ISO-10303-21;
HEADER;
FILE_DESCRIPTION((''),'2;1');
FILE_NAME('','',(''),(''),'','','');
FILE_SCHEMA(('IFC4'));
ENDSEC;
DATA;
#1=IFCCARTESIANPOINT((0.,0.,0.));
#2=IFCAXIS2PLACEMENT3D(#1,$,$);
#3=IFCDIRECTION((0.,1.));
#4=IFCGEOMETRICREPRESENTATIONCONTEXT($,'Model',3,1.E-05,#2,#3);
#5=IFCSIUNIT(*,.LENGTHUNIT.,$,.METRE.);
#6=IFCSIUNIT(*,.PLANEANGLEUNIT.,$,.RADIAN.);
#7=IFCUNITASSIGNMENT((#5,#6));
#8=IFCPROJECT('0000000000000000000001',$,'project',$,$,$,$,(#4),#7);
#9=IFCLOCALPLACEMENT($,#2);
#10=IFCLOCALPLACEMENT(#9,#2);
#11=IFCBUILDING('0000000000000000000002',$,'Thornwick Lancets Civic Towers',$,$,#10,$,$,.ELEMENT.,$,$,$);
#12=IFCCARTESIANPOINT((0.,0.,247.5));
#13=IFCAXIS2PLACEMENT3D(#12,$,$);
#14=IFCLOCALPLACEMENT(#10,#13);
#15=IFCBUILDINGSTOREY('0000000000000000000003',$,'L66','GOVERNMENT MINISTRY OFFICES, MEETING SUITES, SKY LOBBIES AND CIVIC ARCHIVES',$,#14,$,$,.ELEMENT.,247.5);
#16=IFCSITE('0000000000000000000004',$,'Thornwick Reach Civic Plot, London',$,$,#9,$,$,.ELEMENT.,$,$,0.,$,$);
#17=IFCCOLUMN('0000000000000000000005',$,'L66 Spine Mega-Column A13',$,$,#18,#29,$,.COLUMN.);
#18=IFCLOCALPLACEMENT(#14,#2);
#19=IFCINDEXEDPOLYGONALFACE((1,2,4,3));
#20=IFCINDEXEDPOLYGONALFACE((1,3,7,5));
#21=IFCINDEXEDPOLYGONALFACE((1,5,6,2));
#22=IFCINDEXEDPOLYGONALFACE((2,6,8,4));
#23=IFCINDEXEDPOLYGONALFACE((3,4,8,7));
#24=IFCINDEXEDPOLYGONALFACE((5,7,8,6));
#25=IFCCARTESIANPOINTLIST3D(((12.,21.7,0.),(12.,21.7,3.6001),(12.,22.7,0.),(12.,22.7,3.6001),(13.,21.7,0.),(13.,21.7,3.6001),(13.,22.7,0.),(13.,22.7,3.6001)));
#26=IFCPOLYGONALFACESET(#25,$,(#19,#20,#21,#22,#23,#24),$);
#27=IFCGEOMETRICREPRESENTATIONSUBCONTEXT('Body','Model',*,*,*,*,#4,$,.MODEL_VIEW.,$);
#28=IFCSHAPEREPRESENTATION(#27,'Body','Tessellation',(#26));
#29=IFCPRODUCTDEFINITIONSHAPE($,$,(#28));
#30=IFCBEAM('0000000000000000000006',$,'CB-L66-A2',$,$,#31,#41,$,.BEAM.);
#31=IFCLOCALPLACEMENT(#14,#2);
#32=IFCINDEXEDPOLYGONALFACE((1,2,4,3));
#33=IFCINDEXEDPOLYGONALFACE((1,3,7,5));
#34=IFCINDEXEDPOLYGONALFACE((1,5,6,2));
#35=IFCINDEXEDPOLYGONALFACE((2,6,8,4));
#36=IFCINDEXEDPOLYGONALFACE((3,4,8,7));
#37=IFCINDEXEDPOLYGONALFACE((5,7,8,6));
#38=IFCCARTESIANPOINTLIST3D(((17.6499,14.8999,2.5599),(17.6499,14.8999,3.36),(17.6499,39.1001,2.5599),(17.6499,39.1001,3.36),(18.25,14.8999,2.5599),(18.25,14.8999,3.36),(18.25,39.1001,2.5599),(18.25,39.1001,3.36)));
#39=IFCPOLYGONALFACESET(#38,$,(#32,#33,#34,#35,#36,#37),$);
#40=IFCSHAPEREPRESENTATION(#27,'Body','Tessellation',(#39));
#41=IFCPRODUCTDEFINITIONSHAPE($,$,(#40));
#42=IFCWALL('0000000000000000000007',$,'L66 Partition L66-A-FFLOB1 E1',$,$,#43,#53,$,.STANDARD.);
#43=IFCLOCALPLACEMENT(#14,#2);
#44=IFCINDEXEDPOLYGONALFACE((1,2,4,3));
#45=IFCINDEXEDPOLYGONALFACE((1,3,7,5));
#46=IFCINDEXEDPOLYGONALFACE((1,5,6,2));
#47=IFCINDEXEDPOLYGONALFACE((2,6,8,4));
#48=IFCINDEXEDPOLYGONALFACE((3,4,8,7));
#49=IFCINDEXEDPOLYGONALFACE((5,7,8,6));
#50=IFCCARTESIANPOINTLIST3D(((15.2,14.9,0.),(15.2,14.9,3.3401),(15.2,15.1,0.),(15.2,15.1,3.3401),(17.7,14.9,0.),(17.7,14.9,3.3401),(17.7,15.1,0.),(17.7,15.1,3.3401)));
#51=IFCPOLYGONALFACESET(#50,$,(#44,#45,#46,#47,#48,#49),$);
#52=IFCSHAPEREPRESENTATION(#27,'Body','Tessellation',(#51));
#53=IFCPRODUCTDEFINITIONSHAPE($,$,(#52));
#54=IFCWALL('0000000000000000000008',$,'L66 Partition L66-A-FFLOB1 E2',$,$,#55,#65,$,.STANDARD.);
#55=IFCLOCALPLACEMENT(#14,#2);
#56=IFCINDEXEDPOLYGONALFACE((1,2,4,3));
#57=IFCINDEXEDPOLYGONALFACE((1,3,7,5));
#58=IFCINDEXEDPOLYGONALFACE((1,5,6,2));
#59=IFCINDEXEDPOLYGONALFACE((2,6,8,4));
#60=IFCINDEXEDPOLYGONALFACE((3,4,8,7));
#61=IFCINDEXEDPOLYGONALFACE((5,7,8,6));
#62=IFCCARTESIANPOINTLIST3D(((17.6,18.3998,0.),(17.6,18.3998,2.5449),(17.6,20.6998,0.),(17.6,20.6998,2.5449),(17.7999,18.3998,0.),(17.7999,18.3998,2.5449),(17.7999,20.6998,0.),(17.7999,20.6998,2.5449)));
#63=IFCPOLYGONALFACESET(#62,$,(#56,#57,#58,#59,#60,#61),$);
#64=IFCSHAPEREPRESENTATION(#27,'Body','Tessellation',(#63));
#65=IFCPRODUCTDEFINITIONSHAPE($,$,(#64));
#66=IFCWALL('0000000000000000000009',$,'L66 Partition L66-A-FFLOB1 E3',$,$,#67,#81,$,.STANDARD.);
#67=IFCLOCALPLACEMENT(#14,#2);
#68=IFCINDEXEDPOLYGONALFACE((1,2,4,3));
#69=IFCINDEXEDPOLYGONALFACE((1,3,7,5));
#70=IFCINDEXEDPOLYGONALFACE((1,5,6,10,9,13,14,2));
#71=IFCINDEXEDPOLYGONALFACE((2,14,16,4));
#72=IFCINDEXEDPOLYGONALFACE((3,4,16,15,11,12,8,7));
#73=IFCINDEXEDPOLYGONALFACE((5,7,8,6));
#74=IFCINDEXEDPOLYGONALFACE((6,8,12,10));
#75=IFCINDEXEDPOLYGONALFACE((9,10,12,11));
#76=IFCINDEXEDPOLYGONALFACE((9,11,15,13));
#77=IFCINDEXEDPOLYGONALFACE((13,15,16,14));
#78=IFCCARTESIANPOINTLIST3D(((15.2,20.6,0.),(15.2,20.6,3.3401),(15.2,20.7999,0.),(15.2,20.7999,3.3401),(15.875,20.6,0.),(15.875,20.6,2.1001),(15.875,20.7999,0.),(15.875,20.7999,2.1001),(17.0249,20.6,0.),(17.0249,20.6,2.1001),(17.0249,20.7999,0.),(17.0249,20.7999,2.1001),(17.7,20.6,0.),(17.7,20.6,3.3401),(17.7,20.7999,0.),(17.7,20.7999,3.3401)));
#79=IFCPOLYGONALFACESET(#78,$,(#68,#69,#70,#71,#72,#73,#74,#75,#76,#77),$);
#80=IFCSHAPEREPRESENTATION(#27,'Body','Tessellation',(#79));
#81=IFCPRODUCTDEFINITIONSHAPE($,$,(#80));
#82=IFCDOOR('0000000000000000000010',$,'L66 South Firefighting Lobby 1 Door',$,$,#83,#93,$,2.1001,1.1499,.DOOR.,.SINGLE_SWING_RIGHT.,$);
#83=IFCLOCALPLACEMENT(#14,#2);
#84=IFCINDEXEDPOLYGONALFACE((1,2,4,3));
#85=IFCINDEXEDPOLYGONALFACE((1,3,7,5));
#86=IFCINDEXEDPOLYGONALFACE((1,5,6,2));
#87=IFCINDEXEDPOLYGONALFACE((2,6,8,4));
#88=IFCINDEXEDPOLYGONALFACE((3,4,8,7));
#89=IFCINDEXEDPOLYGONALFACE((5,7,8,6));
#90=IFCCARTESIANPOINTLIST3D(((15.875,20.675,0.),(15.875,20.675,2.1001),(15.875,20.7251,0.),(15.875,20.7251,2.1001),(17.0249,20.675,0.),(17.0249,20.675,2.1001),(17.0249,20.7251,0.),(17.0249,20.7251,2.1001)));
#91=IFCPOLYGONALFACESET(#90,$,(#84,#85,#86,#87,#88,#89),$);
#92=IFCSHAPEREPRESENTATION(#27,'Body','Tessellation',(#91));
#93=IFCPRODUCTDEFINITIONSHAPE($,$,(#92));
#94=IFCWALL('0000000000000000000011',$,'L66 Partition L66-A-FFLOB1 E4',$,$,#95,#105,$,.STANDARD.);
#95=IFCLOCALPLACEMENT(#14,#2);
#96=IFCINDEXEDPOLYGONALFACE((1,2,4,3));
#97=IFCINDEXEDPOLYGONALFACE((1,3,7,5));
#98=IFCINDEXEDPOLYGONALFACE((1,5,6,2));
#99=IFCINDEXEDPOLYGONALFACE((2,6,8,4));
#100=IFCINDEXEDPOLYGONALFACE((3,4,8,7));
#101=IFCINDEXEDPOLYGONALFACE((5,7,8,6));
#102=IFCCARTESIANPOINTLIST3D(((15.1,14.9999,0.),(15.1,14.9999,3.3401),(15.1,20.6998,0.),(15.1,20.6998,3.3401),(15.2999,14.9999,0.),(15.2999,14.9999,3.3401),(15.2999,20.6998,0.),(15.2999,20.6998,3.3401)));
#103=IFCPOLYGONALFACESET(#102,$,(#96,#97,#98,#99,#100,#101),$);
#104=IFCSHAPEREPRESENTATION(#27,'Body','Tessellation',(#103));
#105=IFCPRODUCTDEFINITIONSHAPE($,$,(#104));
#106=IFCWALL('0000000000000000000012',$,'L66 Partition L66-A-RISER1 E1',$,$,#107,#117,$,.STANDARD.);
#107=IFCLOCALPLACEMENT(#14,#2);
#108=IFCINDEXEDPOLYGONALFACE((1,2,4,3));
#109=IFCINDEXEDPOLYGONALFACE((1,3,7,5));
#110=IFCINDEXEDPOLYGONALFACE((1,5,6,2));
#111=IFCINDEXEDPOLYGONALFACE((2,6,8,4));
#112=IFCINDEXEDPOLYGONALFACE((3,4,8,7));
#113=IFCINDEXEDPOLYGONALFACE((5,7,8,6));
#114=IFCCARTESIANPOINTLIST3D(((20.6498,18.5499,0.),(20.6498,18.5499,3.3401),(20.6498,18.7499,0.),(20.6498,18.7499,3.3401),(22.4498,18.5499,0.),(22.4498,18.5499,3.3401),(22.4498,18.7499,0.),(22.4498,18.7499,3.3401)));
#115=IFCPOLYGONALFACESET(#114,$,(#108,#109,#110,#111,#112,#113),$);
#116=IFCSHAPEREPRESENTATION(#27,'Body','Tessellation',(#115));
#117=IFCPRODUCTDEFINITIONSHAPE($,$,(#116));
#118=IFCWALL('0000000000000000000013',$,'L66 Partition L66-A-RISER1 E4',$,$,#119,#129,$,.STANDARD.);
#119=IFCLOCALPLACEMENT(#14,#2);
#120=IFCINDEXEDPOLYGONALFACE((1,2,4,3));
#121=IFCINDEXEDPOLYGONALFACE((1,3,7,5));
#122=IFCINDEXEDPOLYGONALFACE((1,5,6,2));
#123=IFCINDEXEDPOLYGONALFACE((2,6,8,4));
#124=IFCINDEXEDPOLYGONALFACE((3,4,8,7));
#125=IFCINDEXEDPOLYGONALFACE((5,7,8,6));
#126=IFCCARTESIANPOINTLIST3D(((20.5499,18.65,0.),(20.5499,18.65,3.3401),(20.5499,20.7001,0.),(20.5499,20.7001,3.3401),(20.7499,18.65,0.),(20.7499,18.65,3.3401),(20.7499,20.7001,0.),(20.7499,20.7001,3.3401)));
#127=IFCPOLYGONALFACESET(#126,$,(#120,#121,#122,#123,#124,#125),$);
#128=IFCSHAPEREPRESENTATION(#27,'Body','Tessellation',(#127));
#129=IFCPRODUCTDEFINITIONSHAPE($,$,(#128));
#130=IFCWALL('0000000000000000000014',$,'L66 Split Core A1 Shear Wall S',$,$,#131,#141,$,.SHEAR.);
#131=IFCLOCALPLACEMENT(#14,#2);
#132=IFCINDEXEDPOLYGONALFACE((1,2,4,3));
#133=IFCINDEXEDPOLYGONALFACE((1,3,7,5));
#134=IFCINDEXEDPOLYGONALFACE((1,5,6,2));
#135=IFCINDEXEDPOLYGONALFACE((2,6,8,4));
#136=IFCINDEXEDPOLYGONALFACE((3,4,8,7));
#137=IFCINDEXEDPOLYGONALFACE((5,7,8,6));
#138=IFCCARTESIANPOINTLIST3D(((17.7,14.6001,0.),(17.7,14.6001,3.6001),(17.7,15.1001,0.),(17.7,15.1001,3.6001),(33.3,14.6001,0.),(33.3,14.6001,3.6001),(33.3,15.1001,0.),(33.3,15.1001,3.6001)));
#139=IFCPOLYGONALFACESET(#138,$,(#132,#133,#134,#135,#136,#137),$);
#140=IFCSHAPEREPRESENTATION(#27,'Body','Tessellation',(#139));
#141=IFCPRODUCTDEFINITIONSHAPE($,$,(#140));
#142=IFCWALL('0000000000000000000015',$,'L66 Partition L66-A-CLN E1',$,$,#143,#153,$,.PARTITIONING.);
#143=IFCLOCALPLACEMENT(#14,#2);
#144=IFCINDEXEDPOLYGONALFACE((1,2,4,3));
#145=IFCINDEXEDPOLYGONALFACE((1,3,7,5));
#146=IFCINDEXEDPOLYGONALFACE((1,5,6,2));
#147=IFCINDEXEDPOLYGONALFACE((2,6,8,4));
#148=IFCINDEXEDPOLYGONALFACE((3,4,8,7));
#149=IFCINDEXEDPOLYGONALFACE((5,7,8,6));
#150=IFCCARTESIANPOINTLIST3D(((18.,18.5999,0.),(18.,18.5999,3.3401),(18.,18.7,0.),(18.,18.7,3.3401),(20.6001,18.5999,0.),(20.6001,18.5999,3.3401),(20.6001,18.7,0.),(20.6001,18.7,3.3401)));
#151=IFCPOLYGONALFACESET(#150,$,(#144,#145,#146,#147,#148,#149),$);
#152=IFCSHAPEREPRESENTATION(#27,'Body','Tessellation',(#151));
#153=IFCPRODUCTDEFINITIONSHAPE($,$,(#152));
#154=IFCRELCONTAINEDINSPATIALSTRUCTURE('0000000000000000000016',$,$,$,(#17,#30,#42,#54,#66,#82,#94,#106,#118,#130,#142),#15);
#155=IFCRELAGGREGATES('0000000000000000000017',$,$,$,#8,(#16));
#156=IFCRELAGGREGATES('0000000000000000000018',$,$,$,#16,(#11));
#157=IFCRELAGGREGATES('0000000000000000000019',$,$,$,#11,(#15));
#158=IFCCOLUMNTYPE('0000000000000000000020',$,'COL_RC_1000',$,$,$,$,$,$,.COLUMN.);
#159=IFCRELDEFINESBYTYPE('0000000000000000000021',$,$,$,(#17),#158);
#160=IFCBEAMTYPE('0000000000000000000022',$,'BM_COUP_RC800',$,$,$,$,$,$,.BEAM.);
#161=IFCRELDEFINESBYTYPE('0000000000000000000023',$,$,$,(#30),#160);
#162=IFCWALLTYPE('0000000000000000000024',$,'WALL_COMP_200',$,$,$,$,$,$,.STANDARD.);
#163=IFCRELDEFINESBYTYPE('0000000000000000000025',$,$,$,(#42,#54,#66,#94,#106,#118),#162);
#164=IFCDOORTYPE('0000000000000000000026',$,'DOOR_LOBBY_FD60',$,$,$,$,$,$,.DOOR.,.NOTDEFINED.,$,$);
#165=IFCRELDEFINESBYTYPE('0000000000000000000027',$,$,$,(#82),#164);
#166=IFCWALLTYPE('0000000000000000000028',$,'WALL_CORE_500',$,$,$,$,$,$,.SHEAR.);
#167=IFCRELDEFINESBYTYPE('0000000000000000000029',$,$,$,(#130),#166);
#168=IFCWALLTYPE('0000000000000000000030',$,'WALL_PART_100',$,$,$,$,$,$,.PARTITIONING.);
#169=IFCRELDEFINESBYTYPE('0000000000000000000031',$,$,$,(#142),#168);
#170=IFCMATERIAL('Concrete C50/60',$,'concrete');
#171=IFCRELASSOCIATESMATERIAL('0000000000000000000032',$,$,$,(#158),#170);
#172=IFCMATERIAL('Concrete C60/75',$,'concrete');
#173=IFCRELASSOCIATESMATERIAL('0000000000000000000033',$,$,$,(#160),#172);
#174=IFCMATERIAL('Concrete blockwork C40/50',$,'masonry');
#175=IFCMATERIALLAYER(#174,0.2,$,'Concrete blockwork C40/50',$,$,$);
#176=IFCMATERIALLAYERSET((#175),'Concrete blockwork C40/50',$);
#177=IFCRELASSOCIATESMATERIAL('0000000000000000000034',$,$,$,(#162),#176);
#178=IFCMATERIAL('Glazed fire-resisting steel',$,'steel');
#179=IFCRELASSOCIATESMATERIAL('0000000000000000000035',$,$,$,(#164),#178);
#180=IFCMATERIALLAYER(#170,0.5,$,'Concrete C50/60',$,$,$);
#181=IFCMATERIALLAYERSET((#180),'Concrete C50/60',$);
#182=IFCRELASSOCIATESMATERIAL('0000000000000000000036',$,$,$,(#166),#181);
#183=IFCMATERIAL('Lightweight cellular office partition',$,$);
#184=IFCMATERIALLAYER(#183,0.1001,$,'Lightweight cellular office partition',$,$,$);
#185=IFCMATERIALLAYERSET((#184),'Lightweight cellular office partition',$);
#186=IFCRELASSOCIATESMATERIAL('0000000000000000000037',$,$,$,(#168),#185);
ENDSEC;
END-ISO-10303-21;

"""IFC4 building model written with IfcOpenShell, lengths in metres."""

from ifc_helpers import new_model, si_unit, direction, frame, frame_2d, origin, origin_2d, place, context, subcontext, project, spatial, rectangle, extrude, material, layer, layer_set, material_profile, profile_set, type_object, element, fill, save


model = new_model("IFC4")

# Units and contexts
model_context = context("Model", 3, precision=1e-05, world=origin(), true_north=direction((0.0, 1.0)))
body_context = subcontext(model_context, "Body", "Model", "MODEL_VIEW")
ifc_project = project(units=[si_unit("LENGTHUNIT", "METRE"), si_unit("PLANEANGLEUNIT", "RADIAN")], contexts=[model_context])

# Site, building, storey
site_placement = place(None, origin())
site = spatial("IfcSite", under=ifc_project, at=site_placement, Name="Thornwick Reach Civic Plot, London", CompositionType="ELEMENT", RefElevation=0.0)
building_placement = place(site_placement, origin())
building = spatial("IfcBuilding", under=site, at=building_placement, Name="Thornwick Lancets Civic Towers", CompositionType="ELEMENT")
storey_placement = place(building_placement, frame((0.0, 0.0, 247.5)))
storey = spatial("IfcBuildingStorey", under=building, at=storey_placement, Name="L66", Description="GOVERNMENT MINISTRY OFFICES, MEETING SUITES, SKY LOBBIES AND CIVIC ARCHIVES", CompositionType="ELEMENT", Elevation=247.5)

# Column
ifc_material_1 = material(Name="Concrete C50/60", Category="concrete")
ifc_material_profile_1 = material_profile(ifc_material_1, rectangle(XDim=1.0, YDim=1.0, at=origin_2d()), Name="RC 1000x1000")
ifc_profile_set_1 = profile_set([ifc_material_profile_1], Name="Concrete C50/60")
column_type = type_object("IfcColumnType", Name="COL_RC_1000", PredefinedType="COLUMN", material=ifc_profile_set_1)
column_placement = place(storey_placement, frame((12.5, 22.2, 0.0), z_axis=(0.0, 0.0, 1.0), x_axis=(1.0, 0.0, 0.0)))
element("IfcColumn", 1, at=column_placement, inside=storey, type_object=column_type, Name="L66 Spine Mega-Column A13", PredefinedType="COLUMN", context=body_context, shape_type="SweptSolid", body=[
    extrude(rectangle(XDim=1.0, YDim=1.0, at=origin_2d()), origin(), (0.0, 0.0, 1.0), 3.6001),
])

# Beam
ifc_material_2 = material(Name="Concrete C60/75", Category="concrete")
ifc_material_profile_2 = material_profile(ifc_material_2, rectangle(XDim=0.6001, YDim=0.8, at=origin_2d()), Name="RC 600x800")
ifc_profile_set_2 = profile_set([ifc_material_profile_2], Name="Concrete C60/75")
beam_type = type_object("IfcBeamType", Name="BM_COUP_RC800", PredefinedType="BEAM", material=ifc_profile_set_2)
beam_placement = place(storey_placement, frame((17.95, 14.8999, 2.96), z_axis=(0.0, 1.0, 0.0), x_axis=(-1.0, 0.0, 0.0)))
element("IfcBeam", 2, at=beam_placement, inside=storey, type_object=beam_type, Name="CB-L66-A2", PredefinedType="BEAM", context=body_context, shape_type="SweptSolid", body=[
    extrude(rectangle(XDim=0.6001, YDim=0.8, at=origin_2d()), origin(), (0.0, 0.0, 1.0), 24.2002),
])

# Walls
ifc_material_3 = material(Name="Concrete blockwork C40/50", Category="masonry")
ifc_layer_1 = layer(ifc_material_3, 0.2, Name="Concrete blockwork C40/50")
ifc_layer_set_1 = layer_set([ifc_layer_1], Name="Concrete blockwork C40/50")
wall_type_1 = type_object("IfcWallType", Name="WALL_COMP_200", PredefinedType="STANDARD", material=ifc_layer_set_1)
wall_1_placement = place(storey_placement, frame((15.2, 15.0, 0.0), z_axis=(0.0, 0.0, 1.0), x_axis=(1.0, 0.0, 0.0)))
element("IfcWall", 3, at=wall_1_placement, inside=storey, type_object=wall_type_1, Name="L66 Partition L66-A-FFLOB1 E1", PredefinedType="STANDARD", context=body_context, shape_type="SweptSolid", body=[
    extrude(rectangle(XDim=2.5, YDim=0.2, at=frame_2d((1.25, 0.0))), origin(), (0.0, 0.0, 1.0), 3.3401),
])
wall_2_placement = place(storey_placement, frame((17.7, 18.3999, 0.0), z_axis=(0.0, 0.0, 1.0), x_axis=(0.0, 1.0, 0.0)))
element("IfcWall", 4, at=wall_2_placement, inside=storey, type_object=wall_type_1, Name="L66 Partition L66-A-FFLOB1 E2", PredefinedType="STANDARD", context=body_context, shape_type="SweptSolid", body=[
    extrude(rectangle(XDim=2.3, YDim=0.2, at=frame_2d((1.1499, 0.0))), origin(), (0.0, 0.0, 1.0), 2.5449),
])

# Wall, opening, door
wall_3_placement = place(storey_placement, frame((17.7, 20.7, 0.0), z_axis=(0.0, 0.0, 1.0), x_axis=(-1.0, 0.0, 0.0)))
wall_3 = element("IfcWall", 5, at=wall_3_placement, inside=storey, type_object=wall_type_1, Name="L66 Partition L66-A-FFLOB1 E3", PredefinedType="STANDARD", context=body_context, shape_type="SweptSolid", body=[
    extrude(rectangle(XDim=2.5, YDim=0.2, at=frame_2d((1.25, 0.0))), origin(), (0.0, 0.0, 1.0), 3.3401),
])
opening_1_placement = place(wall_3_placement, frame((0.675, 0.0, 0.0)))
opening_1 = element("IfcOpeningElement", 6, at=opening_1_placement, cuts=wall_3, PredefinedType="OPENING", context=body_context, shape_type="SweptSolid", body=[
    extrude(rectangle(XDim=1.1499, YDim=2.1001, at=frame_2d((0.575, 1.05))), frame((0.0, 0.1099, 0.0), z_axis=(0.0, -1.0, 0.0), x_axis=(1.0, 0.0, 0.0)), (0.0, 0.0, 1.0), 0.22),
])
ifc_material_4 = material(Name="Glazed fire-resisting steel", Category="steel")
door_type_1 = type_object("IfcDoorType", Name="DOOR_LOBBY_FD60", OperationType="NOTDEFINED", PredefinedType="DOOR", material=ifc_material_4)
door_1_placement = place(opening_1_placement, origin())
door_1 = element("IfcDoor", 7, at=door_1_placement, inside=storey, type_object=door_type_1, Name="L66 South Firefighting Lobby 1 Door", OperationType="SINGLE_SWING_RIGHT", OverallHeight=2.1001, OverallWidth=1.1499, PredefinedType="DOOR", context=body_context, shape_type="SweptSolid", body=[
    extrude(rectangle(XDim=1.1499, YDim=2.1001, at=frame_2d((0.575, 1.05))), frame((0.0, 0.0249, 0.0), z_axis=(0.0, -1.0, 0.0), x_axis=(1.0, 0.0, 0.0)), (0.0, 0.0, 1.0), 0.05),
])
fill(opening_1, door_1)

# Walls
wall_4_placement = place(storey_placement, frame((15.2, 20.7, 0.0), z_axis=(0.0, 0.0, 1.0), x_axis=(0.0, -1.0, 0.0)))
element("IfcWall", 8, at=wall_4_placement, inside=storey, type_object=wall_type_1, Name="L66 Partition L66-A-FFLOB1 E4", PredefinedType="STANDARD", context=body_context, shape_type="SweptSolid", body=[
    extrude(rectangle(XDim=5.7, YDim=0.2, at=frame_2d((2.8501, 0.0))), origin(), (0.0, 0.0, 1.0), 3.3401),
])
wall_5_placement = place(storey_placement, frame((20.6499, 18.6499, 0.0), z_axis=(0.0, 0.0, 1.0), x_axis=(1.0, 0.0, 0.0)))
element("IfcWall", 9, at=wall_5_placement, inside=storey, type_object=wall_type_1, Name="L66 Partition L66-A-RISER1 E1", PredefinedType="STANDARD", context=body_context, shape_type="SweptSolid", body=[
    extrude(rectangle(XDim=1.8, YDim=0.2, at=frame_2d((0.8999, 0.0))), origin(), (0.0, 0.0, 1.0), 3.3401),
])
wall_6_placement = place(storey_placement, frame((20.6499, 20.7, 0.0), z_axis=(0.0, 0.0, 1.0), x_axis=(0.0, -1.0, 0.0)))
element("IfcWall", 10, at=wall_6_placement, inside=storey, type_object=wall_type_1, Name="L66 Partition L66-A-RISER1 E4", PredefinedType="STANDARD", context=body_context, shape_type="SweptSolid", body=[
    extrude(rectangle(XDim=2.05, YDim=0.2, at=frame_2d((1.0249, 0.0))), origin(), (0.0, 0.0, 1.0), 3.3401),
])
ifc_layer_2 = layer(ifc_material_1, 0.5, Name="Concrete C50/60")
ifc_layer_set_2 = layer_set([ifc_layer_2], Name="Concrete C50/60")
wall_type_2 = type_object("IfcWallType", Name="WALL_CORE_500", PredefinedType="SHEAR", material=ifc_layer_set_2)
wall_7_placement = place(storey_placement, frame((17.7, 14.8501, 0.0), z_axis=(0.0, 0.0, 1.0), x_axis=(1.0, 0.0, 0.0)))
element("IfcWall", 11, at=wall_7_placement, inside=storey, type_object=wall_type_2, Name="L66 Split Core A1 Shear Wall S", PredefinedType="SHEAR", context=body_context, shape_type="SweptSolid", body=[
    extrude(rectangle(XDim=15.6001, YDim=0.5, at=frame_2d((7.8, 0.0))), origin(), (0.0, 0.0, 1.0), 3.6001),
])
ifc_material_5 = material(Name="Lightweight cellular office partition")
ifc_layer_3 = layer(ifc_material_5, 0.1001, Name="Lightweight cellular office partition")
ifc_layer_set_3 = layer_set([ifc_layer_3], Name="Lightweight cellular office partition")
wall_type_3 = type_object("IfcWallType", Name="WALL_PART_100", PredefinedType="PARTITIONING", material=ifc_layer_set_3)
wall_8_placement = place(storey_placement, frame((18.0, 18.6499, 0.0), z_axis=(0.0, 0.0, 1.0), x_axis=(1.0, 0.0, 0.0)))
element("IfcWall", 12, at=wall_8_placement, inside=storey, type_object=wall_type_3, Name="L66 Partition L66-A-CLN E1", PredefinedType="PARTITIONING", context=body_context, shape_type="SweptSolid", body=[
    extrude(rectangle(XDim=2.6001, YDim=0.1001, at=frame_2d((1.3, 0.0))), origin(), (0.0, 0.0, 1.0), 3.3401),
])

save(model, "model.ifc")
